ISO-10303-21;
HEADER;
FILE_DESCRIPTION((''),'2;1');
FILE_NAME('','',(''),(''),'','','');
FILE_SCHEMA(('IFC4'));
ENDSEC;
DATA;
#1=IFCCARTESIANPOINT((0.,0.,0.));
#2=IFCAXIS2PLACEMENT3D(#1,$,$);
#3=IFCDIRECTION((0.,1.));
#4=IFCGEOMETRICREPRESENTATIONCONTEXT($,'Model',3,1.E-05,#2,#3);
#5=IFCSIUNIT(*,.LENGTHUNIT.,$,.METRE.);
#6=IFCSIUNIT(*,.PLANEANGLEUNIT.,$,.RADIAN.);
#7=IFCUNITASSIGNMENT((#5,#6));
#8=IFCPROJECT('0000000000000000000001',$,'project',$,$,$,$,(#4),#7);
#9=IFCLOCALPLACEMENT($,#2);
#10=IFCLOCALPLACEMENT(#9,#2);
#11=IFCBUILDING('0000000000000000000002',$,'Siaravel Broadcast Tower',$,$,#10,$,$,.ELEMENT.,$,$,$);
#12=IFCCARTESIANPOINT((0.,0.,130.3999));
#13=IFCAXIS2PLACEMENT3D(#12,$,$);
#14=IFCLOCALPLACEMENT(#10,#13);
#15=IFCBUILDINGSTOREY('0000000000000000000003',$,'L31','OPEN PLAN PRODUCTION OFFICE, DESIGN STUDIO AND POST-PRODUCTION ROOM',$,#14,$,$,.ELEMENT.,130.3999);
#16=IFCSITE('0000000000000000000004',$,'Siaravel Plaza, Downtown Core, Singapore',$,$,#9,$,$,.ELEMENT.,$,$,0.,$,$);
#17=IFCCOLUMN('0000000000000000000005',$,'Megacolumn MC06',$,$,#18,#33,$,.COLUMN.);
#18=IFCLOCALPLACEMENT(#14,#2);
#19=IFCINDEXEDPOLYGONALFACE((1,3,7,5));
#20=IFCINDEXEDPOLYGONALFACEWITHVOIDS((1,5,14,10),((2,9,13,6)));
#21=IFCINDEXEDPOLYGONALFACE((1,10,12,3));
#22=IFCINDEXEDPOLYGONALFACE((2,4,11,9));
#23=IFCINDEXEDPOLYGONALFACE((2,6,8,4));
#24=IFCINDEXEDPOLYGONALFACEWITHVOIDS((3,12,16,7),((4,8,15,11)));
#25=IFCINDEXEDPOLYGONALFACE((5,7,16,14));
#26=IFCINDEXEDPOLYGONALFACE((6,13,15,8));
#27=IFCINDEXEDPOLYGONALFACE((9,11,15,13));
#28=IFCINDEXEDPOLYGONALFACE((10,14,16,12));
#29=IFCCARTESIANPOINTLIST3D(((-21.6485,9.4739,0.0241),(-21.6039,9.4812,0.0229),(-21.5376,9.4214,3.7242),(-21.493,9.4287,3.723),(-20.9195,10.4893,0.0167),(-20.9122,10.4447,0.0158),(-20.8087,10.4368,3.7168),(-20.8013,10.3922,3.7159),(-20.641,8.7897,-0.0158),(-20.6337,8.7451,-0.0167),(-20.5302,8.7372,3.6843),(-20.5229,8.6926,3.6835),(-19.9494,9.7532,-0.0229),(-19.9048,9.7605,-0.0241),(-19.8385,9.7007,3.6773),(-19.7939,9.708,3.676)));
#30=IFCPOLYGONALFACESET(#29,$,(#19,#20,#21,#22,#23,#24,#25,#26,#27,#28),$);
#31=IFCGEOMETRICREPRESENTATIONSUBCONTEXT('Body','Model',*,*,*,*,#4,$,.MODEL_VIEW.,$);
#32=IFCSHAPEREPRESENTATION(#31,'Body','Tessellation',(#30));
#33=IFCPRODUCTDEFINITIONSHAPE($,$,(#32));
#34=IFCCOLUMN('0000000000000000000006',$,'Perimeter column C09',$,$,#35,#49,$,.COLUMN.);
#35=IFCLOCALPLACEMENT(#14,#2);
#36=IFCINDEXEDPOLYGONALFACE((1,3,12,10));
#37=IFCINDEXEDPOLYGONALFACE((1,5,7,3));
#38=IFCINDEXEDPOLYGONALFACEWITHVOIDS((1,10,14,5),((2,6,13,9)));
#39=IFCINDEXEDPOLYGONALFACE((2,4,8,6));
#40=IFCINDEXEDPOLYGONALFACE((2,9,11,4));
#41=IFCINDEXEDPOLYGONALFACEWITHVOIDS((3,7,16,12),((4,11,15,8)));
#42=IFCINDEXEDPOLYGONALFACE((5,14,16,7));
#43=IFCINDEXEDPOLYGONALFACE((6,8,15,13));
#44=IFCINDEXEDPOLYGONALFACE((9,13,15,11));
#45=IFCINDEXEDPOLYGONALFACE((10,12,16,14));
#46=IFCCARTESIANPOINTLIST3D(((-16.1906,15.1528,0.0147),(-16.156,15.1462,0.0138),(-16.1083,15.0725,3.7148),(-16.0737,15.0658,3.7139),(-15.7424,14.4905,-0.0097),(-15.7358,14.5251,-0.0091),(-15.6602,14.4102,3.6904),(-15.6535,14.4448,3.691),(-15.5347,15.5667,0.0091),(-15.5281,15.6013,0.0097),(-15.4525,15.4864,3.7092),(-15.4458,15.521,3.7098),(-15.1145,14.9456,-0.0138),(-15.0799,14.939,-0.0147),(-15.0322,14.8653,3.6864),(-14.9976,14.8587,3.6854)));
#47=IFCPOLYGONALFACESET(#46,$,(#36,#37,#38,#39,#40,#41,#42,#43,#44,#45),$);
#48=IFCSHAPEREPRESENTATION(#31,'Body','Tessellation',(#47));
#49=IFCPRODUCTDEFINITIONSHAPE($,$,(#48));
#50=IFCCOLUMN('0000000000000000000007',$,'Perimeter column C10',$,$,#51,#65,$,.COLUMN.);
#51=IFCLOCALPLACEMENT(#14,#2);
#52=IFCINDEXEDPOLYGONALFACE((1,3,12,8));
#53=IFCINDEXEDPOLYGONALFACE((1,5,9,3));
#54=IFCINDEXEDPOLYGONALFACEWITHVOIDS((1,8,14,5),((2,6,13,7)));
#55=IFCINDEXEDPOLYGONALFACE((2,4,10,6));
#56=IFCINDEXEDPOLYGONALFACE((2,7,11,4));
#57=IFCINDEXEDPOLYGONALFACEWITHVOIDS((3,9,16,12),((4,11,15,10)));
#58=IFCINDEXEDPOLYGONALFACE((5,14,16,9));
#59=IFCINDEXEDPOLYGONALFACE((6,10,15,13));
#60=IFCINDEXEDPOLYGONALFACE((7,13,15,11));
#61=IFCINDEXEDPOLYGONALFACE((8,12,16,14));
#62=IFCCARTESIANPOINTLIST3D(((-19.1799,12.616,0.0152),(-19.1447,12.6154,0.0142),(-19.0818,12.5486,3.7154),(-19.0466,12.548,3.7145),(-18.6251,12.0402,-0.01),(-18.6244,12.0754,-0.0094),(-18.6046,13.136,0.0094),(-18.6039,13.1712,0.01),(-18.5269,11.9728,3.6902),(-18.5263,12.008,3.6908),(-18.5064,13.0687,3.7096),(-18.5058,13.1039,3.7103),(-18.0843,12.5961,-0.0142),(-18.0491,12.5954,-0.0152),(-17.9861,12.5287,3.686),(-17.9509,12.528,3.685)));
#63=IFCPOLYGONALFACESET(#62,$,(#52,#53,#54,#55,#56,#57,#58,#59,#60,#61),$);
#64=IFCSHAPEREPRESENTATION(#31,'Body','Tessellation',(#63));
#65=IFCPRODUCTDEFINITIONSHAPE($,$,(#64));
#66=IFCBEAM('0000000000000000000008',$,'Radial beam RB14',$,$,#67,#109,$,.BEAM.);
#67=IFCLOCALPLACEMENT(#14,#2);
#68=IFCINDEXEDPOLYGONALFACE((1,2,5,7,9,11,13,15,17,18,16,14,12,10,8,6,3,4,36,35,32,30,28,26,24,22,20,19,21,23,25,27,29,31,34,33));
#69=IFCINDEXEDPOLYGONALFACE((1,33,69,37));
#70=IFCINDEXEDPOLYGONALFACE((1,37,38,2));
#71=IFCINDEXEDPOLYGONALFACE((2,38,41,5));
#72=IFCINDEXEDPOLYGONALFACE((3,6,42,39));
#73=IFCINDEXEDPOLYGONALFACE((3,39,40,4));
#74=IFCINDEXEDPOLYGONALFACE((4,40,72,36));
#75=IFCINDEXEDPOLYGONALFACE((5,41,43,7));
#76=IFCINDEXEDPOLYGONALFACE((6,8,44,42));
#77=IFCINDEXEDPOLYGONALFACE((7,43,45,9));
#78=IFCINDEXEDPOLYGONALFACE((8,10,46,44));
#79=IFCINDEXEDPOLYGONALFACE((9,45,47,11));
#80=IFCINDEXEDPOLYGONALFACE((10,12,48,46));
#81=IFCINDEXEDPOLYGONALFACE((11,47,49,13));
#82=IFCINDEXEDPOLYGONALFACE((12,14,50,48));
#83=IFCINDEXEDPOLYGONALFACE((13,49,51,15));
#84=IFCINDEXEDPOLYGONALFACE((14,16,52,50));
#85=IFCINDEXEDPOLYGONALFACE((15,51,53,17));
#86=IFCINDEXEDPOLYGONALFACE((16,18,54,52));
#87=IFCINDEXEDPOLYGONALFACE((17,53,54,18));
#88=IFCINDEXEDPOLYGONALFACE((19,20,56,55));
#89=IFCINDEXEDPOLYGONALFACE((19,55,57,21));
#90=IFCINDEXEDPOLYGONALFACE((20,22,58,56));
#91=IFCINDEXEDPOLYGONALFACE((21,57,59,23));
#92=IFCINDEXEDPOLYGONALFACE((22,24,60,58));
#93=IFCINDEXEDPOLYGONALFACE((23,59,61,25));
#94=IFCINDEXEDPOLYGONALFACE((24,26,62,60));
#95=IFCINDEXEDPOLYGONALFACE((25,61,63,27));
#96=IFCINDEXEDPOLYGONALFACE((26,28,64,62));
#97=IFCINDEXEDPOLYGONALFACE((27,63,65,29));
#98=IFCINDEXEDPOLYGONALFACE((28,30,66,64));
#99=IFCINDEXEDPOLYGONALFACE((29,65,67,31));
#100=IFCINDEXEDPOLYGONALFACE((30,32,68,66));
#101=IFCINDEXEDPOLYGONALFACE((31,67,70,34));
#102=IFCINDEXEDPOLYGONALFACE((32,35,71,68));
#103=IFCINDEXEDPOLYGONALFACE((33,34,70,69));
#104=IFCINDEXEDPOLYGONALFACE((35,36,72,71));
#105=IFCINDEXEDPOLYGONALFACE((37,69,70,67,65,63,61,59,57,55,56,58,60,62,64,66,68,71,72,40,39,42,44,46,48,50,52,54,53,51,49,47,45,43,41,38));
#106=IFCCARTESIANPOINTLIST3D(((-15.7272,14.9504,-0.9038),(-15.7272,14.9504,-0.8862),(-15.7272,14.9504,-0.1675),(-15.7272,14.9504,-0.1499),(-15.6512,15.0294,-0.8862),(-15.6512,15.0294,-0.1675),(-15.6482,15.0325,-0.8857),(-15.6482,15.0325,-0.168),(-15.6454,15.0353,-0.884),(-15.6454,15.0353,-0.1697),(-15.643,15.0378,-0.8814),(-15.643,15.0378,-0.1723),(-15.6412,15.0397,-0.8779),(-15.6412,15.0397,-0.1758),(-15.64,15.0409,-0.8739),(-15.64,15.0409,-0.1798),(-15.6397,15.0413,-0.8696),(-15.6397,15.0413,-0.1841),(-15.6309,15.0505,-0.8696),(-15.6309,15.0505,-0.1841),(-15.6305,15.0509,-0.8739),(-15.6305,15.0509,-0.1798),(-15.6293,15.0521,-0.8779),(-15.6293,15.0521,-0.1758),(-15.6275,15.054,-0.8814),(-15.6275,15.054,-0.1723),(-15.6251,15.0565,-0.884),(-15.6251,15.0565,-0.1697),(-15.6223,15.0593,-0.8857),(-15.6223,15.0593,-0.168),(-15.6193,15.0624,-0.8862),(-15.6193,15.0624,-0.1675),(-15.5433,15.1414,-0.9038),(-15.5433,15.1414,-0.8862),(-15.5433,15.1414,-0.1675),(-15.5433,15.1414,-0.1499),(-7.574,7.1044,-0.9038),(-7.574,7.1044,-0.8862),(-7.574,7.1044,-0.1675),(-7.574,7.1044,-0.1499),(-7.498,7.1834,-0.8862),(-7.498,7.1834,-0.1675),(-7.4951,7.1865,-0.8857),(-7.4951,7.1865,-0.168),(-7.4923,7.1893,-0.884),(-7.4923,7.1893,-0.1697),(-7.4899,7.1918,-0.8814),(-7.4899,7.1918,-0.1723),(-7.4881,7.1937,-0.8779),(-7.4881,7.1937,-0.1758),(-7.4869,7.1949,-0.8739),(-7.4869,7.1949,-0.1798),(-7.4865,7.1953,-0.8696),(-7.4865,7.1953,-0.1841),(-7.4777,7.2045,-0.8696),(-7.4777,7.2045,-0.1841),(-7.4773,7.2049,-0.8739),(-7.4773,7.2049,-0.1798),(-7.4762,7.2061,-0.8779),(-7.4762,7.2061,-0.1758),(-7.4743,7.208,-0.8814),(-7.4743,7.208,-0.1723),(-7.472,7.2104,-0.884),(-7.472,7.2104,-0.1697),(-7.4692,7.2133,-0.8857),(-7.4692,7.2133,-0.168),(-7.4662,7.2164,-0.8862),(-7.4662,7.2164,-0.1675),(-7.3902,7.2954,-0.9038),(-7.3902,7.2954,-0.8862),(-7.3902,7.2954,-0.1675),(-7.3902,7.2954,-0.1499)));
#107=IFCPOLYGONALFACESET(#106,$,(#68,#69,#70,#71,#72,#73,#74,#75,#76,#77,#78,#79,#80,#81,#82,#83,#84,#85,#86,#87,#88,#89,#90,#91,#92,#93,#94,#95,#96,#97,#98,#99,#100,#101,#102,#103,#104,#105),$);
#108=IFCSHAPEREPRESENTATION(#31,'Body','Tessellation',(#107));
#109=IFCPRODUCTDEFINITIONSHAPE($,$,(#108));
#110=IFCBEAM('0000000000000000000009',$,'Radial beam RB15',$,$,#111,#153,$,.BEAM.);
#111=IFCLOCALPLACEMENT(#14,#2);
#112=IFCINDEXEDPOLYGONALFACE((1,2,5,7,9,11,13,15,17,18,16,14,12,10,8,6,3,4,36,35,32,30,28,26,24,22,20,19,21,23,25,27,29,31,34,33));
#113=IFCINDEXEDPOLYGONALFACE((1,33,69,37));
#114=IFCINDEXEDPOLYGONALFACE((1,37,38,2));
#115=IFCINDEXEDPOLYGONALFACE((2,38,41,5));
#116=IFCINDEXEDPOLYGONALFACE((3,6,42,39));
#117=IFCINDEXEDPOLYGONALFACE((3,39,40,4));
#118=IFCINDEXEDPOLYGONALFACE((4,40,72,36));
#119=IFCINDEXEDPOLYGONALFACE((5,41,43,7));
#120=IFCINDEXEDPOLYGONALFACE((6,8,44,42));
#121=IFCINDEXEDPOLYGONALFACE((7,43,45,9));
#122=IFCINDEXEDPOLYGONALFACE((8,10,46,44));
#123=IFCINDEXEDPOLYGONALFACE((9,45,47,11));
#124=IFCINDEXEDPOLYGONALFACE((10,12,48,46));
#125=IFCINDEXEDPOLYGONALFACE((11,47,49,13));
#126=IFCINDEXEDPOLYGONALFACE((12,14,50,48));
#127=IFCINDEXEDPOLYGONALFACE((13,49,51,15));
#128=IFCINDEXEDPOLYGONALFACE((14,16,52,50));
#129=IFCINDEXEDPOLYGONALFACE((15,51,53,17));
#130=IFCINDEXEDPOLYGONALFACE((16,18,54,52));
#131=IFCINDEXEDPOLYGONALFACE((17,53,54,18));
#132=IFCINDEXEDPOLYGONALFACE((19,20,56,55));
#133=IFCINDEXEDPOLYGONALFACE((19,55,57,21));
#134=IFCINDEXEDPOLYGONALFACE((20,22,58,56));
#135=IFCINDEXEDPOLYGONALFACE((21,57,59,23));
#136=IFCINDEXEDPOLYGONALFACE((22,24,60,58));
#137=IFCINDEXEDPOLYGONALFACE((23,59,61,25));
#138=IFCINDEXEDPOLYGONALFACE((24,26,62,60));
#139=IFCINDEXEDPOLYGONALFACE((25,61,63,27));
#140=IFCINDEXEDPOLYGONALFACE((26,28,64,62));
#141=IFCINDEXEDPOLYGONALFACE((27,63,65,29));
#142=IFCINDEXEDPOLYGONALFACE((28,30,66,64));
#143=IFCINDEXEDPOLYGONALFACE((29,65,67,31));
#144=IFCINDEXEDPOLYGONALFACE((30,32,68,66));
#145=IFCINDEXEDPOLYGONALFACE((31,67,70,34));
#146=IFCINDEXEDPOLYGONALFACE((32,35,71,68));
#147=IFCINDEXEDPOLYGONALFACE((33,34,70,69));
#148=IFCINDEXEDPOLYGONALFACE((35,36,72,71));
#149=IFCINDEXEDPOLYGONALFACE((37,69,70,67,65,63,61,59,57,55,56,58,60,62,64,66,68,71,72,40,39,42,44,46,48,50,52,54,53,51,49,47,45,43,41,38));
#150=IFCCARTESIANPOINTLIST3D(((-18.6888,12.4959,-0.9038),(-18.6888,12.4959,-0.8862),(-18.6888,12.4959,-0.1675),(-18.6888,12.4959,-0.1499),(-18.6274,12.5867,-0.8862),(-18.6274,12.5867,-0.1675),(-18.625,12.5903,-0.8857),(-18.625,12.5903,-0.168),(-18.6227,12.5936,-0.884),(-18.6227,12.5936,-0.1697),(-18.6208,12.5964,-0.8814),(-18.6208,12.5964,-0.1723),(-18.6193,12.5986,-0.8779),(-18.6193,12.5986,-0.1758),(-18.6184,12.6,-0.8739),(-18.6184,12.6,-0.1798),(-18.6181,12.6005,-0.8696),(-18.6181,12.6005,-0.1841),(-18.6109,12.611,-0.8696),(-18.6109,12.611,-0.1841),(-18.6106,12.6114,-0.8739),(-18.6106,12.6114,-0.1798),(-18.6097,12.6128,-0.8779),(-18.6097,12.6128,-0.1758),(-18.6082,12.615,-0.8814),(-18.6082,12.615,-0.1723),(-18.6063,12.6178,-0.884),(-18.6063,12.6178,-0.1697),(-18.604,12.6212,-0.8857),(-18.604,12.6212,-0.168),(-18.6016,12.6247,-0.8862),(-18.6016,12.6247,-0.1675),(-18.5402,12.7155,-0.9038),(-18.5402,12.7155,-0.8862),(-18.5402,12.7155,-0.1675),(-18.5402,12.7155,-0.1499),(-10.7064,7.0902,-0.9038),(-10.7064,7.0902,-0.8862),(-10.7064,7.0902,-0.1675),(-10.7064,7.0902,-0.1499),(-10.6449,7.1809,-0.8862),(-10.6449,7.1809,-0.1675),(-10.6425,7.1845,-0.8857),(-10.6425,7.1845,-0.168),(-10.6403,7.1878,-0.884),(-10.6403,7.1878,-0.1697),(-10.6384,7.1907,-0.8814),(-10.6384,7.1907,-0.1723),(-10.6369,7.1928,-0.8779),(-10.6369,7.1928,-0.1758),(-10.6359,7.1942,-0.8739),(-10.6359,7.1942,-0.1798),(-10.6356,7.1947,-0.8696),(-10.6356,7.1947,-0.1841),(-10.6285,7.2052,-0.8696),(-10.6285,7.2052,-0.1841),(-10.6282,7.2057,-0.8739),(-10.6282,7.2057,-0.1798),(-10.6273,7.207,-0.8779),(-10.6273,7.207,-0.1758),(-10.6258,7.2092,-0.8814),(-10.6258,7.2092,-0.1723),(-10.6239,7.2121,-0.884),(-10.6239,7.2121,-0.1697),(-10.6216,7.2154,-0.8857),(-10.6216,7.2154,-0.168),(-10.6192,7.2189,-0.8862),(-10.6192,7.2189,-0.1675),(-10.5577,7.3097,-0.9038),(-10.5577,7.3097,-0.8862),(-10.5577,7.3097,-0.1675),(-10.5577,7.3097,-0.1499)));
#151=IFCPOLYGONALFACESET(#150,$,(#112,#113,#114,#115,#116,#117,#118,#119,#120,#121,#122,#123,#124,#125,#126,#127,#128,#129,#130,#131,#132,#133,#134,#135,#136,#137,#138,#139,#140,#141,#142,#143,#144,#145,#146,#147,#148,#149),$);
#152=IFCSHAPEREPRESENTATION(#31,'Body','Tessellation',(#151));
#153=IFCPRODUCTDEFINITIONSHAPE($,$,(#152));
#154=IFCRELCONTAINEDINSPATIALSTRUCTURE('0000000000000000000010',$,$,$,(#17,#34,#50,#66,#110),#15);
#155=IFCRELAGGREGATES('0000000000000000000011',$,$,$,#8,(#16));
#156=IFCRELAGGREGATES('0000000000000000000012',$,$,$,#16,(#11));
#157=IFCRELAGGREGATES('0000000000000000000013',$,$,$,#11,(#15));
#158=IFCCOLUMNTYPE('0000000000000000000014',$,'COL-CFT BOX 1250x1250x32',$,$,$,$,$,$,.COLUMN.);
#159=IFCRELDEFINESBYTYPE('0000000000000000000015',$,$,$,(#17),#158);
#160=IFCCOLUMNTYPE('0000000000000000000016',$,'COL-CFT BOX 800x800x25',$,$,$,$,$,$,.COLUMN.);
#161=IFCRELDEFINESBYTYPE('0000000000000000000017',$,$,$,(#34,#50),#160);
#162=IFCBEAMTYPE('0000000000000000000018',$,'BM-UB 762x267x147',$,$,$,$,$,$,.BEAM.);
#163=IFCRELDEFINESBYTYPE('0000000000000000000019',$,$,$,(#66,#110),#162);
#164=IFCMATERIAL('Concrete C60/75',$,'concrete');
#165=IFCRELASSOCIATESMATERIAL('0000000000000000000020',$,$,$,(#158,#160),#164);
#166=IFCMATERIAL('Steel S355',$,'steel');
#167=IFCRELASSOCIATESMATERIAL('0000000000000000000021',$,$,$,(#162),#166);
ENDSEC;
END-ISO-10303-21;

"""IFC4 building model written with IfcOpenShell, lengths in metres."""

from ifc_helpers import new_model, si_unit, direction, frame, origin, origin_2d, place, context, subcontext, project, spatial, hollow_rectangle, i_section, extrude, material, material_profile, profile_set, type_object, element, save


model = new_model("IFC4")

# Units and contexts
model_context = context("Model", 3, precision=1e-05, world=origin(), true_north=direction((0.0, 1.0)))
body_context = subcontext(model_context, "Body", "Model", "MODEL_VIEW")
ifc_project = project(units=[si_unit("LENGTHUNIT", "METRE"), si_unit("PLANEANGLEUNIT", "RADIAN")], contexts=[model_context])

# Site, building, storey
site_placement = place(None, origin())
site = spatial("IfcSite", under=ifc_project, at=site_placement, Name="Siaravel Plaza, Downtown Core, Singapore", CompositionType="ELEMENT", RefElevation=0.0)
building_placement = place(site_placement, origin())
building = spatial("IfcBuilding", under=site, at=building_placement, Name="Siaravel Broadcast Tower", CompositionType="ELEMENT")
storey_placement = place(building_placement, frame((0.0, 0.0, 130.3999)))
storey = spatial("IfcBuildingStorey", under=building, at=storey_placement, Name="L31", Description="OPEN PLAN PRODUCTION OFFICE, DESIGN STUDIO AND POST-PRODUCTION ROOM", CompositionType="ELEMENT", Elevation=130.3999)

# Columns
ifc_material_1 = material(Name="Concrete C60/75", Category="concrete")
ifc_material_profile_1 = material_profile(ifc_material_1, hollow_rectangle(XDim=1.25, YDim=1.25, WallThickness=0.032, at=origin_2d()))
ifc_profile_set_1 = profile_set([ifc_material_profile_1], Name="Concrete C60/75")
column_type_1 = type_object("IfcColumnType", Name="COL-CFT BOX 1250x1250x32", PredefinedType="COLUMN", material=ifc_profile_set_1)
column_1_placement = place(storey_placement, frame((-20.7766, 9.6172, 0.0), z_axis=(0.029939, -0.014178, 0.999451), x_axis=(0.583179, 0.812322, -0.005946)))
element("IfcColumn", 1, at=column_1_placement, inside=storey, type_object=column_type_1, Name="Megacolumn MC06", PredefinedType="COLUMN", context=body_context, shape_type="SweptSolid", body=[
    extrude(hollow_rectangle(XDim=1.25, YDim=1.25, WallThickness=0.032, at=origin_2d()), origin(), (0.0, 0.0, 1.0), 3.7021),
])
ifc_material_profile_2 = material_profile(ifc_material_1, hollow_rectangle(XDim=0.8, YDim=0.8, WallThickness=0.0249, at=origin_2d()))
ifc_profile_set_2 = profile_set([ifc_material_profile_2], Name="Concrete C60/75")
column_type_2 = type_object("IfcColumnType", Name="COL-CFT BOX 800x800x25", PredefinedType="COLUMN", material=ifc_profile_set_2)
column_2_placement = place(storey_placement, frame((-15.6353, 15.0459, 0.0), z_axis=(0.022225, -0.021697, 0.999518), x_axis=(0.828097, 0.560551, -0.006245)))
element("IfcColumn", 2, at=column_2_placement, inside=storey, type_object=column_type_2, Name="Perimeter column C09", PredefinedType="COLUMN", context=body_context, shape_type="SweptSolid", body=[
    extrude(hollow_rectangle(XDim=0.8, YDim=0.8, WallThickness=0.0249, at=origin_2d()), origin(), (0.0, 0.0, 1.0), 3.7019),
])
column_3_placement = place(storey_placement, frame((-18.6145, 12.6057, 0.0), z_axis=(0.02651, -0.018201, 0.999483), x_axis=(0.719947, 0.693998, -0.006458)))
element("IfcColumn", 3, at=column_3_placement, inside=storey, type_object=column_type_2, Name="Perimeter column C10", PredefinedType="COLUMN", context=body_context, shape_type="SweptSolid", body=[
    extrude(hollow_rectangle(XDim=0.8, YDim=0.8, WallThickness=0.0249, at=origin_2d()), origin(), (0.0, 0.0, 1.0), 3.7021),
])

# Beams
ifc_material_2 = material(Name="Steel S355", Category="steel")
ifc_material_profile_3 = material_profile(ifc_material_2, i_section(OverallWidth=0.2651, OverallDepth=0.7539, WebThickness=0.0127, FlangeThickness=0.0176, FilletRadius=0.0166, at=origin_2d()))
ifc_profile_set_3 = profile_set([ifc_material_profile_3], Name="Steel S355")
beam_type = type_object("IfcBeamType", Name="BM-UB 762x267x147", PredefinedType="BEAM", material=ifc_profile_set_3)
beam_1_placement = place(storey_placement, frame((-15.6353, 15.0459, -0.5269), z_axis=(0.720548, -0.693405, 0.0), x_axis=(0.693405, 0.720548, 0.0)))
element("IfcBeam", 4, at=beam_1_placement, inside=storey, type_object=beam_type, Name="Radial beam RB14", PredefinedType="BEAM", context=body_context, shape_type="SweptSolid", body=[
    extrude(i_section(OverallWidth=0.2651, OverallDepth=0.7539, WebThickness=0.0127, FlangeThickness=0.0176, FilletRadius=0.0166, at=origin_2d()), origin(), (0.0, 0.0, 1.0), 11.3152),
])
beam_2_placement = place(storey_placement, frame((-18.6145, 12.6057, -0.5269), z_axis=(0.828, -0.560728, 0.0), x_axis=(0.560728, 0.828, 0.0)))
element("IfcBeam", 5, at=beam_2_placement, inside=storey, type_object=beam_type, Name="Radial beam RB15", PredefinedType="BEAM", context=body_context, shape_type="SweptSolid", body=[
    extrude(i_section(OverallWidth=0.2651, OverallDepth=0.7539, WebThickness=0.0127, FlangeThickness=0.0176, FilletRadius=0.0166, at=origin_2d()), origin(), (0.0, 0.0, 1.0), 9.6406),
])

save(model, "model.ifc")
